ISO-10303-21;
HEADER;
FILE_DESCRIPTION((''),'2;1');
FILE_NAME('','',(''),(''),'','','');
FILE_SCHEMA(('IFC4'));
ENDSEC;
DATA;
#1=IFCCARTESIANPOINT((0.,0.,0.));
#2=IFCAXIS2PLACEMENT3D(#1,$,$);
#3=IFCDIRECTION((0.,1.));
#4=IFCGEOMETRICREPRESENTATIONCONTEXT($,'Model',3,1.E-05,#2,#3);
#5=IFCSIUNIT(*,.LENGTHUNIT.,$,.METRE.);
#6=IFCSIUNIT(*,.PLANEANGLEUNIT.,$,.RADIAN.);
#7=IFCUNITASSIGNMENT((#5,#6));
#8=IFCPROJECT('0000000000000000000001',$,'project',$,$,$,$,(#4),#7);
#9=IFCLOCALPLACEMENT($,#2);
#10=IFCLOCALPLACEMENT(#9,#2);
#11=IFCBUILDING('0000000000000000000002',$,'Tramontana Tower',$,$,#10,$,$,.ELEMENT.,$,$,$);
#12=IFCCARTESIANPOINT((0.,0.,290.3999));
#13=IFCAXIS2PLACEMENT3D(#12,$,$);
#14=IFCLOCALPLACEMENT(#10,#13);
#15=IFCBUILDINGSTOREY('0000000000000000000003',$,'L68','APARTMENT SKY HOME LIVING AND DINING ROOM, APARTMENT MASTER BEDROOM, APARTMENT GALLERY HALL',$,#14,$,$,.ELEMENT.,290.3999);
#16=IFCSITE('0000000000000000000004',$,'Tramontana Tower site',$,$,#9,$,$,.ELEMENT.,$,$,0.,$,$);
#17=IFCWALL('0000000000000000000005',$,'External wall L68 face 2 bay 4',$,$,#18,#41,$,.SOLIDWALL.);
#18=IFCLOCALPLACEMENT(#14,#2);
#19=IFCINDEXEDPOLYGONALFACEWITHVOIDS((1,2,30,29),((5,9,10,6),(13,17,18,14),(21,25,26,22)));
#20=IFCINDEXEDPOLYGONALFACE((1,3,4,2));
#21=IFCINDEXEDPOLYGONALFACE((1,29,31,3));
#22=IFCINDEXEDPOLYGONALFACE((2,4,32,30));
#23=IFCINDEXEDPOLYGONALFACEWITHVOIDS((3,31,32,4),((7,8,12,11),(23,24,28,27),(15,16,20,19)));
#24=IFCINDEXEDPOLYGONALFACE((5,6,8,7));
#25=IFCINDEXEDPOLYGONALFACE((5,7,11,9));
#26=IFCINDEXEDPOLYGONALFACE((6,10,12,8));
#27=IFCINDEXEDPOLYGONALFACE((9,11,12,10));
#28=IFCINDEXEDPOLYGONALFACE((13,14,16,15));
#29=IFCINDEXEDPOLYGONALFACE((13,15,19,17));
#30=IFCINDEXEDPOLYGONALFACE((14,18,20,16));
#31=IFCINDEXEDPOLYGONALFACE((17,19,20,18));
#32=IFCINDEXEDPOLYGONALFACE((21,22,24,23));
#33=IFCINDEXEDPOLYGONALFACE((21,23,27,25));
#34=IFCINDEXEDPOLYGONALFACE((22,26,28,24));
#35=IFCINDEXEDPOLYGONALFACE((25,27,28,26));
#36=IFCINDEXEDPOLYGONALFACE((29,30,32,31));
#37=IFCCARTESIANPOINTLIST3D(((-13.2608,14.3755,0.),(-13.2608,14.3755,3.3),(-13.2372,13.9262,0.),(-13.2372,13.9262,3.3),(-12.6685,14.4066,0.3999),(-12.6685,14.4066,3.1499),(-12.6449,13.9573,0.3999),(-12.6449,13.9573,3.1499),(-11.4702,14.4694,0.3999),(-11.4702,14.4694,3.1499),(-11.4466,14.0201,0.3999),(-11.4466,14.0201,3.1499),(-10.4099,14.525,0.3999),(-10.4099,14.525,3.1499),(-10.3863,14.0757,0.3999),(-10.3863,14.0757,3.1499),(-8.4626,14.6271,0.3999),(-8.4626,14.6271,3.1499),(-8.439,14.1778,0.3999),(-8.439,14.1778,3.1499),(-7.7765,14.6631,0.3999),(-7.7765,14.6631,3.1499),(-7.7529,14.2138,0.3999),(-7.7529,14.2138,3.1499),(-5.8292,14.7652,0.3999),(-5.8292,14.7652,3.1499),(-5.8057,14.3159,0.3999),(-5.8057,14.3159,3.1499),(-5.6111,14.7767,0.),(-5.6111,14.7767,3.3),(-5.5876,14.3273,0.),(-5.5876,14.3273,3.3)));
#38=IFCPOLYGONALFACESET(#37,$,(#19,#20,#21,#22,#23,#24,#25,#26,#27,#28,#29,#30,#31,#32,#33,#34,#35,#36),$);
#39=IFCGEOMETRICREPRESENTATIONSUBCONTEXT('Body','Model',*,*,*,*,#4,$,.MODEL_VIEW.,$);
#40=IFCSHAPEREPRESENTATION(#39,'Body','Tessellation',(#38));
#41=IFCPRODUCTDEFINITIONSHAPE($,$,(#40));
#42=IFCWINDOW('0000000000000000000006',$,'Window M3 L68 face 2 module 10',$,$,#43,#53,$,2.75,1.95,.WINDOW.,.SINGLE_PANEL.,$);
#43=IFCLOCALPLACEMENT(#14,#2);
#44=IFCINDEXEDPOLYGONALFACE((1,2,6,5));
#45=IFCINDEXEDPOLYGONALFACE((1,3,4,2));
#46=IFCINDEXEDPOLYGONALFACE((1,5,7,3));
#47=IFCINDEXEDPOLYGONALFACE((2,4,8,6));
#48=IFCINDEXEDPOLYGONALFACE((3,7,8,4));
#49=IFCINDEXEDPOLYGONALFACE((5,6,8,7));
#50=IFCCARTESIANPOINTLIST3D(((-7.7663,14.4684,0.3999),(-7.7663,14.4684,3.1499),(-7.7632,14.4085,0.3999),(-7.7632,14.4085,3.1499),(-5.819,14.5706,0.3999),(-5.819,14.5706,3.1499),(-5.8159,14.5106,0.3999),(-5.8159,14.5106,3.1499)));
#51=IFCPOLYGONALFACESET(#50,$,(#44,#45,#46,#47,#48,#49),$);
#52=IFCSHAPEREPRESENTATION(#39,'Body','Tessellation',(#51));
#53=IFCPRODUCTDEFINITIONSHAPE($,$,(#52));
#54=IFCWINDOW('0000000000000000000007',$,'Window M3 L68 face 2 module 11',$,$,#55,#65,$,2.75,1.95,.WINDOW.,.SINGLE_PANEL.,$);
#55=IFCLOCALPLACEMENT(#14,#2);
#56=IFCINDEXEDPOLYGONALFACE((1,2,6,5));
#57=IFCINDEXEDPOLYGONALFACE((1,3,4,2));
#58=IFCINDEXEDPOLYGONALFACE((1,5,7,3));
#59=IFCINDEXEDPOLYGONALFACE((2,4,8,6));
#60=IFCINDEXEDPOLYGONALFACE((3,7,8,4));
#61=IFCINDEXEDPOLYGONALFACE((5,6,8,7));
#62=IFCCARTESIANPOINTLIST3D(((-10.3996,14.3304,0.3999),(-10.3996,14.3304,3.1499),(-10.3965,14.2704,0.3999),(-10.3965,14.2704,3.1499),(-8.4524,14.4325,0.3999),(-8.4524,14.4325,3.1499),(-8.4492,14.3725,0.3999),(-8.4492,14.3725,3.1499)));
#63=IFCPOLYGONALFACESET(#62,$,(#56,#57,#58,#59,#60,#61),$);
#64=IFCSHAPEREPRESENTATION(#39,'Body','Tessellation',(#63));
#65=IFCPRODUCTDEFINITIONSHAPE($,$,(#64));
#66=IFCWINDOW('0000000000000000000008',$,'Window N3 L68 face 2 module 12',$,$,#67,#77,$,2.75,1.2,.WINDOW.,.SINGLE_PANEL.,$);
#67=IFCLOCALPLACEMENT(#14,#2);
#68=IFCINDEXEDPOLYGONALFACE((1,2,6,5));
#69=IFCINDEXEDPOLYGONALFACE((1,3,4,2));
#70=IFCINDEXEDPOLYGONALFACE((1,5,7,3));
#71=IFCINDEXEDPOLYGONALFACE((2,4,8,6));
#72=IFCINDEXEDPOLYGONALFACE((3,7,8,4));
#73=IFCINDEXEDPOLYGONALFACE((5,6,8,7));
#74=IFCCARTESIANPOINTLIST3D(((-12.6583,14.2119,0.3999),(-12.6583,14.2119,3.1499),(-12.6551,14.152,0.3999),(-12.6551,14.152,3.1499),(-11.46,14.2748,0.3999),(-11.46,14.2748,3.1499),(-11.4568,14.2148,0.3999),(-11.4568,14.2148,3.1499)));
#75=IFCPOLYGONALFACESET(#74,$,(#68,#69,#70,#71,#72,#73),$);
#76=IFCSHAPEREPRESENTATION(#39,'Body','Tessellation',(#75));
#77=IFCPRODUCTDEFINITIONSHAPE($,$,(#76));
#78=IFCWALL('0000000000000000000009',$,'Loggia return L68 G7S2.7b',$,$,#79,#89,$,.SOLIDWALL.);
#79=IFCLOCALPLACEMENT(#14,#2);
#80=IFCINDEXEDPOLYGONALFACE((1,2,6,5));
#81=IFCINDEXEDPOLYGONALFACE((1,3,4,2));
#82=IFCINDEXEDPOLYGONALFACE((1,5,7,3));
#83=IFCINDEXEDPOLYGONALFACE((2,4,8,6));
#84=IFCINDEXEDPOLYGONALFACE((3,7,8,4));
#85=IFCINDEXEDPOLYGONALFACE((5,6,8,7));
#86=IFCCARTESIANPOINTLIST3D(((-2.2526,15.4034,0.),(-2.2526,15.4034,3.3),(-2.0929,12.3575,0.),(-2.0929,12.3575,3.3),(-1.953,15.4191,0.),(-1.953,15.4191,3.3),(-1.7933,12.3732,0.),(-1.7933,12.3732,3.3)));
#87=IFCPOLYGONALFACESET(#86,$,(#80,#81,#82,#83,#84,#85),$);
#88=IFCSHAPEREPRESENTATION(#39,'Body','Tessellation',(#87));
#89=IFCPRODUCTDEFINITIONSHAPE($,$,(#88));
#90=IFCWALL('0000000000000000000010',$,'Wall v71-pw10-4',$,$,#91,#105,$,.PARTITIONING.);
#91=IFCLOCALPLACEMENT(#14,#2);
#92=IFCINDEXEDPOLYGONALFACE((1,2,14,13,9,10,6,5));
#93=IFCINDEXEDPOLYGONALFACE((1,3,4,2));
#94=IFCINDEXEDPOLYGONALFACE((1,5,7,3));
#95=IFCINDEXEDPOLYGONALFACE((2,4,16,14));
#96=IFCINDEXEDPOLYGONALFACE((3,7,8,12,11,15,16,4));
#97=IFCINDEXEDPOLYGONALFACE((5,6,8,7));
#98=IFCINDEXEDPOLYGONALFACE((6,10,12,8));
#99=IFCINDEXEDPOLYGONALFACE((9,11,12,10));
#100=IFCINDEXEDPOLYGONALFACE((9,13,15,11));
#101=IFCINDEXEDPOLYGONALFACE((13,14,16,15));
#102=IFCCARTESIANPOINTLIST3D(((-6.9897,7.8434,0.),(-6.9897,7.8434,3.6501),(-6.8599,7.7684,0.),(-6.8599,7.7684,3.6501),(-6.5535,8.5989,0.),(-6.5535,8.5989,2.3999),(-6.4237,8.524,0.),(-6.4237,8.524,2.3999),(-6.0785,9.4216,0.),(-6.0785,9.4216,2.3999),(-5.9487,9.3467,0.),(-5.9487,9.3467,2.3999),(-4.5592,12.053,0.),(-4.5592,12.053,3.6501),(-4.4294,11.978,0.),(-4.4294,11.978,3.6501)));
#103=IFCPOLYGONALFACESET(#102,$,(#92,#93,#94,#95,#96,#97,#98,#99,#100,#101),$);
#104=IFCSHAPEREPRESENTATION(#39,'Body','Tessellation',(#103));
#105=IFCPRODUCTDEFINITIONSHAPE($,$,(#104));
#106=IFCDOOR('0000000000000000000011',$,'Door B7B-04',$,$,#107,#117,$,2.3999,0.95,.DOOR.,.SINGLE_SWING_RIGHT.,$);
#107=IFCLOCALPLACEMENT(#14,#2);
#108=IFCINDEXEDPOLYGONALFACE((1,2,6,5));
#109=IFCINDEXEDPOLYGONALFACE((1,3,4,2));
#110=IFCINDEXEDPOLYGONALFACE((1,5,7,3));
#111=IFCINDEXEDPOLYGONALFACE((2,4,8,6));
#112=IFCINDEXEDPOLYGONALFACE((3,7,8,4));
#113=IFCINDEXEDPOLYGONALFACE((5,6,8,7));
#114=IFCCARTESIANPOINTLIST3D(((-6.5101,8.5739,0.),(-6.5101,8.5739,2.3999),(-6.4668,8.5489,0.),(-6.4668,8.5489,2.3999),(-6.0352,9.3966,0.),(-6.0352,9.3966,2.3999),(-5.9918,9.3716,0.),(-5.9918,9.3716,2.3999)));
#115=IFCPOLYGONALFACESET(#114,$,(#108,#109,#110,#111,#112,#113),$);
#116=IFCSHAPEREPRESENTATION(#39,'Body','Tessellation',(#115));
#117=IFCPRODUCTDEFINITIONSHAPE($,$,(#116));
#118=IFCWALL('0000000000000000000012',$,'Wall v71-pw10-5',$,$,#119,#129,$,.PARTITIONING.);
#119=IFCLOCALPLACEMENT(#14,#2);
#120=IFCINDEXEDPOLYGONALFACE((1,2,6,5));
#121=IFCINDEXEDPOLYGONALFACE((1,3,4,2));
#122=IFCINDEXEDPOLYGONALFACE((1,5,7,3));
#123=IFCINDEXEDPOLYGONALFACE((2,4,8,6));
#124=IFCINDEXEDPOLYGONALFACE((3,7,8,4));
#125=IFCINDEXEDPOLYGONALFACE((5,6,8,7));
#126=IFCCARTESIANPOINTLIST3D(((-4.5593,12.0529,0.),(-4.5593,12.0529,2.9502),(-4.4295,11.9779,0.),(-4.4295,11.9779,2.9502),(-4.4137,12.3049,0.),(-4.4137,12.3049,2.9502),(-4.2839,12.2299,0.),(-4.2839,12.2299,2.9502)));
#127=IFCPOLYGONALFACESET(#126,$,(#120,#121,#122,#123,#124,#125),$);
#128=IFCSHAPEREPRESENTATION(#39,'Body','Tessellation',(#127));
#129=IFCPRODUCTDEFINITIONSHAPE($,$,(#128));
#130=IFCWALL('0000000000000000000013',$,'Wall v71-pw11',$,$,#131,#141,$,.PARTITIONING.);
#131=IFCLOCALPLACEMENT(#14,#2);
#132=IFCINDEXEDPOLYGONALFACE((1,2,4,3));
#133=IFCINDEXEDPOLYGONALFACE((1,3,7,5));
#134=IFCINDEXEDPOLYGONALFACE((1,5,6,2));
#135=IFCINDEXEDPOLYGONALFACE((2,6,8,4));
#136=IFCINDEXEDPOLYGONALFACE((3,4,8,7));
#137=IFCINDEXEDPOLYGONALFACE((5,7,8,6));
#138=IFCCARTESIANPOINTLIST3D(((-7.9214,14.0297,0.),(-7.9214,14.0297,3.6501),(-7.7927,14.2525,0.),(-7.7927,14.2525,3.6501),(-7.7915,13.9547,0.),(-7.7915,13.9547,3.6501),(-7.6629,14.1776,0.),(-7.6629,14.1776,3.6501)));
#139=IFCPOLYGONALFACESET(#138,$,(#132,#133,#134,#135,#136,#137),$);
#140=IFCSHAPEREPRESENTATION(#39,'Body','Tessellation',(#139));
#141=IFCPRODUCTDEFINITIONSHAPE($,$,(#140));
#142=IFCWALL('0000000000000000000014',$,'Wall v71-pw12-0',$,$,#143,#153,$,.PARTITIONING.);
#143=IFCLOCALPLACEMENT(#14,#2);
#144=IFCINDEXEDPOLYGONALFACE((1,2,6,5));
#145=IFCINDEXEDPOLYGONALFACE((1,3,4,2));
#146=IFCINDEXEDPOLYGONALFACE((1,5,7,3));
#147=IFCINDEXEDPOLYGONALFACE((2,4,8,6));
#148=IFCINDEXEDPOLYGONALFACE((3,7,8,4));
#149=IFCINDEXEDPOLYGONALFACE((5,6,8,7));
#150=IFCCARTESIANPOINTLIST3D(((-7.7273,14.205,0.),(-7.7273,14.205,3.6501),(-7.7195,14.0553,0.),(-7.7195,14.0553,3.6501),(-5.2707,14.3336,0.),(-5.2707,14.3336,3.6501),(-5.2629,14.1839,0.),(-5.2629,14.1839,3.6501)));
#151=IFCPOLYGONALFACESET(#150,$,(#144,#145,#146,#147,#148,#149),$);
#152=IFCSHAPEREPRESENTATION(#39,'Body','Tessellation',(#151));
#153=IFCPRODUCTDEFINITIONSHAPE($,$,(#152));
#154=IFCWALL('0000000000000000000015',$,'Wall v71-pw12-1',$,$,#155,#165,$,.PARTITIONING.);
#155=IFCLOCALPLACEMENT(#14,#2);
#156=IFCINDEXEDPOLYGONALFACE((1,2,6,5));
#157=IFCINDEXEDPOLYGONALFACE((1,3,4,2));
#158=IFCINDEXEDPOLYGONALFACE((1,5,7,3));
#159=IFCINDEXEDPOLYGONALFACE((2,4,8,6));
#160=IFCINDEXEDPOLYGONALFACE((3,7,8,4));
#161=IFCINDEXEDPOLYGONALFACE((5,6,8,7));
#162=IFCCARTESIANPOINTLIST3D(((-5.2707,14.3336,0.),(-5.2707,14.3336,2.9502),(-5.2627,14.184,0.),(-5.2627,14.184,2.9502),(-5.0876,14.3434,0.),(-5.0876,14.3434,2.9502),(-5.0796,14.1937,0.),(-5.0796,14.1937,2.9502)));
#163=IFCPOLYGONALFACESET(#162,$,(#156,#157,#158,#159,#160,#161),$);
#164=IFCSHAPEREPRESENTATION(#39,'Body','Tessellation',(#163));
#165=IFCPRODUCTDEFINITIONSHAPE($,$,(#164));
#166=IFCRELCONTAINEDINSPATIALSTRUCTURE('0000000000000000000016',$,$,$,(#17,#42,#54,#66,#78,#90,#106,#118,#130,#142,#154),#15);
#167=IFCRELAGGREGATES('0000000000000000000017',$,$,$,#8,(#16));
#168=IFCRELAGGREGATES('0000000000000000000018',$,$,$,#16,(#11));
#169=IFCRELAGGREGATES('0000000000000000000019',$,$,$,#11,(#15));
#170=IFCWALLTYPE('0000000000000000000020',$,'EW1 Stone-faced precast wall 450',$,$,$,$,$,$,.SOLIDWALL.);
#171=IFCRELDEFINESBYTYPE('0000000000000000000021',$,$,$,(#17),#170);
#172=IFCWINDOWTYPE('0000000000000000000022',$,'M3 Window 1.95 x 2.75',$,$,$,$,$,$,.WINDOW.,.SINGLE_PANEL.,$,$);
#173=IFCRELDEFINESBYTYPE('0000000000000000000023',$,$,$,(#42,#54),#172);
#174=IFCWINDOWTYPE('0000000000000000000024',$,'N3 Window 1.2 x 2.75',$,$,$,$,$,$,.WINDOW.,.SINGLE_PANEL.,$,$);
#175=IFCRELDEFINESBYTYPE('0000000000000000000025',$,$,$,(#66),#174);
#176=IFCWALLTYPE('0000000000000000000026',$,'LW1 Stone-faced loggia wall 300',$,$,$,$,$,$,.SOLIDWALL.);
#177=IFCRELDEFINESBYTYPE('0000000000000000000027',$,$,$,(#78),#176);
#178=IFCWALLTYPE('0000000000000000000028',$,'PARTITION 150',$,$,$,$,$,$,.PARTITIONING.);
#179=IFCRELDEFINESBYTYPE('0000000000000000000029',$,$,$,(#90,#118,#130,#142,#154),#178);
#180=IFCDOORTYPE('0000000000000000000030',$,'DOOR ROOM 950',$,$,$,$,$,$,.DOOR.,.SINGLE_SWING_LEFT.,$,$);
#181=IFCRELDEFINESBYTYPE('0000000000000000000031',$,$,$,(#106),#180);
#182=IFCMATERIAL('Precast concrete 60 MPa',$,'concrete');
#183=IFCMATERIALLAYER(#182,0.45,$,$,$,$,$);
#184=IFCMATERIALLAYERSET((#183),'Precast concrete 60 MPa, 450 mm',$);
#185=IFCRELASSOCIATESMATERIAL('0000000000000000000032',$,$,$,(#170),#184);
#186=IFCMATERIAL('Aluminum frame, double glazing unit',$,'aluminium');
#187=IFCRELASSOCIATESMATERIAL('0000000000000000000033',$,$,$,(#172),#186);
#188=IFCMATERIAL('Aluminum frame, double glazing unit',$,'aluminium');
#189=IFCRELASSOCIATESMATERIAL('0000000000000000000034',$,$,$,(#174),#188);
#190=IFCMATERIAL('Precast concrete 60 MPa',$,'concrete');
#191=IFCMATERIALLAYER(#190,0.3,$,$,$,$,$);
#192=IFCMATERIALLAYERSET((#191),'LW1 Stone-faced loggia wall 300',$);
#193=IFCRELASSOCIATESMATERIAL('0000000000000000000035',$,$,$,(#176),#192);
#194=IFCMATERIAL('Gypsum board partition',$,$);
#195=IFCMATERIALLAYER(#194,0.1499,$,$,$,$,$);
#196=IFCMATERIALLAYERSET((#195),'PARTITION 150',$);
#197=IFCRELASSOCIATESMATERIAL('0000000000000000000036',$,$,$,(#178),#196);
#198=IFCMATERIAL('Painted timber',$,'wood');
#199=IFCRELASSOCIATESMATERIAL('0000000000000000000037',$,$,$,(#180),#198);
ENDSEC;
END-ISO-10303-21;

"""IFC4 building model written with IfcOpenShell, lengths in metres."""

from ifc_helpers import new_model, si_unit, direction, frame, frame_2d, origin, place, context, subcontext, project, spatial, rectangle, extrude, material, layer, layer_set, type_object, element, fill, save


model = new_model("IFC4")

# Units and contexts
model_context = context("Model", 3, precision=1e-05, world=origin(), true_north=direction((0.0, 1.0)))
body_context = subcontext(model_context, "Body", "Model", "MODEL_VIEW")
ifc_project = project(units=[si_unit("LENGTHUNIT", "METRE"), si_unit("PLANEANGLEUNIT", "RADIAN")], contexts=[model_context])

# Site, building, storey
site_placement = place(None, origin())
site = spatial("IfcSite", under=ifc_project, at=site_placement, Name="Tramontana Tower site", CompositionType="ELEMENT", RefElevation=0.0)
building_placement = place(site_placement, origin())
building = spatial("IfcBuilding", under=site, at=building_placement, Name="Tramontana Tower", CompositionType="ELEMENT")
storey_placement = place(building_placement, frame((0.0, 0.0, 290.3999)))
storey = spatial("IfcBuildingStorey", under=building, at=storey_placement, Name="L68", Description="APARTMENT SKY HOME LIVING AND DINING ROOM, APARTMENT MASTER BEDROOM, APARTMENT GALLERY HALL", CompositionType="ELEMENT", Elevation=290.3999)

# Shared definitions
ifc_material_1 = material(Name="Precast concrete 60 MPa", Category="concrete")
ifc_layer_1 = layer(ifc_material_1, 0.45)
ifc_layer_set_1 = layer_set([ifc_layer_1], Name="Precast concrete 60 MPa, 450 mm")
wall_type_1 = type_object("IfcWallType", Name="EW1 Stone-faced precast wall 450", PredefinedType="SOLIDWALL", material=ifc_layer_set_1)
ifc_material_2 = material(Name="Aluminum frame, double glazing unit", Category="aluminium")
window_type_1 = type_object("IfcWindowType", Name="M3 Window 1.95 x 2.75", PartitioningType="SINGLE_PANEL", PredefinedType="WINDOW", material=ifc_material_2)

# Wall, openings, windows
wall_1_placement = place(storey_placement, frame((-5.5994, 14.552, 0.0), z_axis=(0.0, 0.0, 1.0), x_axis=(-0.998628, -0.052365, 0.0)))
wall_1 = element("IfcWall", 1, at=wall_1_placement, inside=storey, type_object=wall_type_1, Name="External wall L68 face 2 bay 4", PredefinedType="SOLIDWALL", context=body_context, shape_type="SweptSolid", body=[
    extrude(rectangle(XDim=7.6602, YDim=0.45, at=frame_2d((3.8301, 0.0))), origin(), (0.0, 0.0, 1.0), 3.3),
])
opening_1_placement = place(wall_1_placement, frame((0.2183, 0.0, 0.3999)))
opening_1 = element("IfcOpeningElement", 2, at=opening_1_placement, cuts=wall_1, PredefinedType="OPENING", context=body_context, shape_type="SweptSolid", body=[
    extrude(rectangle(XDim=1.95, YDim=2.75, at=frame_2d((0.9751, 1.375))), frame((0.0, 0.2349, 0.0), z_axis=(0.0, -1.0, 0.0), x_axis=(1.0, 0.0, 0.0)), (0.0, 0.0, 1.0), 0.47),
])
opening_2_placement = place(wall_1_placement, frame((2.8552, 0.0, 0.3999)))
opening_2 = element("IfcOpeningElement", 3, at=opening_2_placement, cuts=wall_1, PredefinedType="OPENING", context=body_context, shape_type="SweptSolid", body=[
    extrude(rectangle(XDim=1.95, YDim=2.75, at=frame_2d((0.9751, 1.375))), frame((0.0, 0.2349, 0.0), z_axis=(0.0, -1.0, 0.0), x_axis=(1.0, 0.0, 0.0)), (0.0, 0.0, 1.0), 0.47),
])
opening_3_placement = place(wall_1_placement, frame((5.8669, 0.0, 0.3999)))
opening_3 = element("IfcOpeningElement", 4, at=opening_3_placement, cuts=wall_1, PredefinedType="OPENING", context=body_context, shape_type="SweptSolid", body=[
    extrude(rectangle(XDim=1.2, YDim=2.75, at=frame_2d((0.6001, 1.375))), frame((0.0, 0.2349, 0.0), z_axis=(0.0, -1.0, 0.0), x_axis=(1.0, 0.0, 0.0)), (0.0, 0.0, 1.0), 0.47),
])
window_1_placement = place(opening_1_placement, origin())
window_1 = element("IfcWindow", 5, at=window_1_placement, inside=storey, type_object=window_type_1, Name="Window M3 L68 face 2 module 10", OverallHeight=2.75, OverallWidth=1.95, PartitioningType="SINGLE_PANEL", PredefinedType="WINDOW", context=body_context, shape_type="SweptSolid", body=[
    extrude(rectangle(XDim=1.95, YDim=2.75, at=frame_2d((0.9751, 1.375))), frame((0.0, 0.03, 0.0), z_axis=(0.0, -1.0, 0.0), x_axis=(1.0, 0.0, 0.0)), (0.0, 0.0, 1.0), 0.0601),
])
fill(opening_1, window_1)
window_2_placement = place(opening_2_placement, origin())
window_2 = element("IfcWindow", 6, at=window_2_placement, inside=storey, type_object=window_type_1, Name="Window M3 L68 face 2 module 11", OverallHeight=2.75, OverallWidth=1.95, PartitioningType="SINGLE_PANEL", PredefinedType="WINDOW", context=body_context, shape_type="SweptSolid", body=[
    extrude(rectangle(XDim=1.95, YDim=2.75, at=frame_2d((0.9751, 1.375))), frame((0.0, 0.03, 0.0), z_axis=(0.0, -1.0, 0.0), x_axis=(1.0, 0.0, 0.0)), (0.0, 0.0, 1.0), 0.0601),
])
fill(opening_2, window_2)
ifc_material_3 = material(Name="Aluminum frame, double glazing unit", Category="aluminium")
window_type_2 = type_object("IfcWindowType", Name="N3 Window 1.2 x 2.75", PartitioningType="SINGLE_PANEL", PredefinedType="WINDOW", material=ifc_material_3)
window_3_placement = place(opening_3_placement, origin())
window_3 = element("IfcWindow", 7, at=window_3_placement, inside=storey, type_object=window_type_2, Name="Window N3 L68 face 2 module 12", OverallHeight=2.75, OverallWidth=1.2, PartitioningType="SINGLE_PANEL", PredefinedType="WINDOW", context=body_context, shape_type="SweptSolid", body=[
    extrude(rectangle(XDim=1.2, YDim=2.75, at=frame_2d((0.6001, 1.375))), frame((0.0, 0.03, 0.0), z_axis=(0.0, -1.0, 0.0), x_axis=(1.0, 0.0, 0.0)), (0.0, 0.0, 1.0), 0.0601),
])
fill(opening_3, window_3)

# Wall
ifc_material_4 = material(Name="Precast concrete 60 MPa", Category="concrete")
ifc_layer_2 = layer(ifc_material_4, 0.3)
ifc_layer_set_2 = layer_set([ifc_layer_2], Name="LW1 Stone-faced loggia wall 300")
wall_type_2 = type_object("IfcWallType", Name="LW1 Stone-faced loggia wall 300", PredefinedType="SOLIDWALL", material=ifc_layer_set_2)
wall_2_placement = place(storey_placement, frame((-2.1028, 15.4111, 0.0), z_axis=(0.0, 0.0, 1.0), x_axis=(0.052349, -0.998629, 0.0)))
element("IfcWall", 8, at=wall_2_placement, inside=storey, type_object=wall_type_2, Name="Loggia return L68 G7S2.7b", PredefinedType="SOLIDWALL", context=body_context, shape_type="SweptSolid", body=[
    extrude(rectangle(XDim=3.05, YDim=0.3, at=frame_2d((1.5249, 0.0))), origin(), (0.0, 0.0, 1.0), 3.3),
])

# Wall, opening, door
ifc_material_5 = material(Name="Gypsum board partition")
ifc_layer_3 = layer(ifc_material_5, 0.1499)
ifc_layer_set_3 = layer_set([ifc_layer_3], Name="PARTITION 150")
wall_type_3 = type_object("IfcWallType", Name="PARTITION 150", PredefinedType="PARTITIONING", material=ifc_layer_set_3)
wall_3_placement = place(storey_placement, frame((-6.9248, 7.8059, 0.0), z_axis=(0.0, 0.0, 1.0), x_axis=(0.500012, 0.866018, 0.0)))
wall_3 = element("IfcWall", 9, at=wall_3_placement, inside=storey, type_object=wall_type_3, Name="Wall v71-pw10-4", PredefinedType="PARTITIONING", context=body_context, shape_type="SweptSolid", body=[
    extrude(rectangle(XDim=4.8608, YDim=0.1499, at=frame_2d((2.4304, 0.0))), origin(), (0.0, 0.0, 1.0), 3.6501),
])
opening_4_placement = place(wall_3_placement, frame((0.8723, 0.0, 0.0)))
opening_4 = element("IfcOpeningElement", 10, at=opening_4_placement, cuts=wall_3, PredefinedType="OPENING", context=body_context, shape_type="SweptSolid", body=[
    extrude(rectangle(XDim=0.95, YDim=2.3999, at=frame_2d((0.4751, 1.2))), frame((0.0, 0.085, 0.0), z_axis=(0.0, -1.0, 0.0), x_axis=(1.0, 0.0, 0.0)), (0.0, 0.0, 1.0), 0.1699),
])
ifc_material_6 = material(Name="Painted timber", Category="wood")
door_type_1 = type_object("IfcDoorType", Name="DOOR ROOM 950", OperationType="SINGLE_SWING_LEFT", PredefinedType="DOOR", material=ifc_material_6)
door_1_placement = place(opening_4_placement, origin())
door_1 = element("IfcDoor", 11, at=door_1_placement, inside=storey, type_object=door_type_1, Name="Door B7B-04", OperationType="SINGLE_SWING_RIGHT", OverallHeight=2.3999, OverallWidth=0.95, PredefinedType="DOOR", context=body_context, shape_type="SweptSolid", body=[
    extrude(rectangle(XDim=0.95, YDim=2.3999, at=frame_2d((0.4751, 1.2))), frame((0.0, 0.0249, 0.0), z_axis=(0.0, -1.0, 0.0), x_axis=(1.0, 0.0, 0.0)), (0.0, 0.0, 1.0), 0.05),
])
fill(opening_4, door_1)

# Walls
wall_4_placement = place(storey_placement, frame((-4.4944, 12.0154, 0.0), z_axis=(0.0, 0.0, 1.0), x_axis=(0.50011, 0.865962, 0.0)))
element("IfcWall", 12, at=wall_4_placement, inside=storey, type_object=wall_type_3, Name="Wall v71-pw10-5", PredefinedType="PARTITIONING", context=body_context, shape_type="SweptSolid", body=[
    extrude(rectangle(XDim=0.291, YDim=0.1499, at=frame_2d((0.1455, 0.0))), origin(), (0.0, 0.0, 1.0), 2.9502),
])
wall_5_placement = place(storey_placement, frame((-7.8564, 13.9922, 0.0), z_axis=(0.0, 0.0, 1.0), x_axis=(0.499914, 0.866075, 0.0)))
element("IfcWall", 13, at=wall_5_placement, inside=storey, type_object=wall_type_3, Name="Wall v71-pw11", PredefinedType="PARTITIONING", context=body_context, shape_type="SweptSolid", body=[
    extrude(rectangle(XDim=0.2573, YDim=0.1499, at=frame_2d((0.1287, 0.0))), origin(), (0.0, 0.0, 1.0), 3.6501),
])
wall_6_placement = place(storey_placement, frame((-7.7234, 14.1301, 0.0), z_axis=(0.0, 0.0, 1.0), x_axis=(0.998631, 0.052304, 0.0)))
element("IfcWall", 14, at=wall_6_placement, inside=storey, type_object=wall_type_3, Name="Wall v71-pw12-0", PredefinedType="PARTITIONING", context=body_context, shape_type="SweptSolid", body=[
    extrude(rectangle(XDim=2.46, YDim=0.1499, at=frame_2d((1.23, 0.0))), origin(), (0.0, 0.0, 1.0), 3.6501),
])
wall_7_placement = place(storey_placement, frame((-5.2668, 14.2588, 0.0), z_axis=(0.0, 0.0, 1.0), x_axis=(0.998581, 0.053258, 0.0)))
element("IfcWall", 15, at=wall_7_placement, inside=storey, type_object=wall_type_3, Name="Wall v71-pw12-1", PredefinedType="PARTITIONING", context=body_context, shape_type="SweptSolid", body=[
    extrude(rectangle(XDim=0.1833, YDim=0.1499, at=frame_2d((0.0918, 0.0))), origin(), (0.0, 0.0, 1.0), 2.9502),
])

save(model, "model.ifc")
